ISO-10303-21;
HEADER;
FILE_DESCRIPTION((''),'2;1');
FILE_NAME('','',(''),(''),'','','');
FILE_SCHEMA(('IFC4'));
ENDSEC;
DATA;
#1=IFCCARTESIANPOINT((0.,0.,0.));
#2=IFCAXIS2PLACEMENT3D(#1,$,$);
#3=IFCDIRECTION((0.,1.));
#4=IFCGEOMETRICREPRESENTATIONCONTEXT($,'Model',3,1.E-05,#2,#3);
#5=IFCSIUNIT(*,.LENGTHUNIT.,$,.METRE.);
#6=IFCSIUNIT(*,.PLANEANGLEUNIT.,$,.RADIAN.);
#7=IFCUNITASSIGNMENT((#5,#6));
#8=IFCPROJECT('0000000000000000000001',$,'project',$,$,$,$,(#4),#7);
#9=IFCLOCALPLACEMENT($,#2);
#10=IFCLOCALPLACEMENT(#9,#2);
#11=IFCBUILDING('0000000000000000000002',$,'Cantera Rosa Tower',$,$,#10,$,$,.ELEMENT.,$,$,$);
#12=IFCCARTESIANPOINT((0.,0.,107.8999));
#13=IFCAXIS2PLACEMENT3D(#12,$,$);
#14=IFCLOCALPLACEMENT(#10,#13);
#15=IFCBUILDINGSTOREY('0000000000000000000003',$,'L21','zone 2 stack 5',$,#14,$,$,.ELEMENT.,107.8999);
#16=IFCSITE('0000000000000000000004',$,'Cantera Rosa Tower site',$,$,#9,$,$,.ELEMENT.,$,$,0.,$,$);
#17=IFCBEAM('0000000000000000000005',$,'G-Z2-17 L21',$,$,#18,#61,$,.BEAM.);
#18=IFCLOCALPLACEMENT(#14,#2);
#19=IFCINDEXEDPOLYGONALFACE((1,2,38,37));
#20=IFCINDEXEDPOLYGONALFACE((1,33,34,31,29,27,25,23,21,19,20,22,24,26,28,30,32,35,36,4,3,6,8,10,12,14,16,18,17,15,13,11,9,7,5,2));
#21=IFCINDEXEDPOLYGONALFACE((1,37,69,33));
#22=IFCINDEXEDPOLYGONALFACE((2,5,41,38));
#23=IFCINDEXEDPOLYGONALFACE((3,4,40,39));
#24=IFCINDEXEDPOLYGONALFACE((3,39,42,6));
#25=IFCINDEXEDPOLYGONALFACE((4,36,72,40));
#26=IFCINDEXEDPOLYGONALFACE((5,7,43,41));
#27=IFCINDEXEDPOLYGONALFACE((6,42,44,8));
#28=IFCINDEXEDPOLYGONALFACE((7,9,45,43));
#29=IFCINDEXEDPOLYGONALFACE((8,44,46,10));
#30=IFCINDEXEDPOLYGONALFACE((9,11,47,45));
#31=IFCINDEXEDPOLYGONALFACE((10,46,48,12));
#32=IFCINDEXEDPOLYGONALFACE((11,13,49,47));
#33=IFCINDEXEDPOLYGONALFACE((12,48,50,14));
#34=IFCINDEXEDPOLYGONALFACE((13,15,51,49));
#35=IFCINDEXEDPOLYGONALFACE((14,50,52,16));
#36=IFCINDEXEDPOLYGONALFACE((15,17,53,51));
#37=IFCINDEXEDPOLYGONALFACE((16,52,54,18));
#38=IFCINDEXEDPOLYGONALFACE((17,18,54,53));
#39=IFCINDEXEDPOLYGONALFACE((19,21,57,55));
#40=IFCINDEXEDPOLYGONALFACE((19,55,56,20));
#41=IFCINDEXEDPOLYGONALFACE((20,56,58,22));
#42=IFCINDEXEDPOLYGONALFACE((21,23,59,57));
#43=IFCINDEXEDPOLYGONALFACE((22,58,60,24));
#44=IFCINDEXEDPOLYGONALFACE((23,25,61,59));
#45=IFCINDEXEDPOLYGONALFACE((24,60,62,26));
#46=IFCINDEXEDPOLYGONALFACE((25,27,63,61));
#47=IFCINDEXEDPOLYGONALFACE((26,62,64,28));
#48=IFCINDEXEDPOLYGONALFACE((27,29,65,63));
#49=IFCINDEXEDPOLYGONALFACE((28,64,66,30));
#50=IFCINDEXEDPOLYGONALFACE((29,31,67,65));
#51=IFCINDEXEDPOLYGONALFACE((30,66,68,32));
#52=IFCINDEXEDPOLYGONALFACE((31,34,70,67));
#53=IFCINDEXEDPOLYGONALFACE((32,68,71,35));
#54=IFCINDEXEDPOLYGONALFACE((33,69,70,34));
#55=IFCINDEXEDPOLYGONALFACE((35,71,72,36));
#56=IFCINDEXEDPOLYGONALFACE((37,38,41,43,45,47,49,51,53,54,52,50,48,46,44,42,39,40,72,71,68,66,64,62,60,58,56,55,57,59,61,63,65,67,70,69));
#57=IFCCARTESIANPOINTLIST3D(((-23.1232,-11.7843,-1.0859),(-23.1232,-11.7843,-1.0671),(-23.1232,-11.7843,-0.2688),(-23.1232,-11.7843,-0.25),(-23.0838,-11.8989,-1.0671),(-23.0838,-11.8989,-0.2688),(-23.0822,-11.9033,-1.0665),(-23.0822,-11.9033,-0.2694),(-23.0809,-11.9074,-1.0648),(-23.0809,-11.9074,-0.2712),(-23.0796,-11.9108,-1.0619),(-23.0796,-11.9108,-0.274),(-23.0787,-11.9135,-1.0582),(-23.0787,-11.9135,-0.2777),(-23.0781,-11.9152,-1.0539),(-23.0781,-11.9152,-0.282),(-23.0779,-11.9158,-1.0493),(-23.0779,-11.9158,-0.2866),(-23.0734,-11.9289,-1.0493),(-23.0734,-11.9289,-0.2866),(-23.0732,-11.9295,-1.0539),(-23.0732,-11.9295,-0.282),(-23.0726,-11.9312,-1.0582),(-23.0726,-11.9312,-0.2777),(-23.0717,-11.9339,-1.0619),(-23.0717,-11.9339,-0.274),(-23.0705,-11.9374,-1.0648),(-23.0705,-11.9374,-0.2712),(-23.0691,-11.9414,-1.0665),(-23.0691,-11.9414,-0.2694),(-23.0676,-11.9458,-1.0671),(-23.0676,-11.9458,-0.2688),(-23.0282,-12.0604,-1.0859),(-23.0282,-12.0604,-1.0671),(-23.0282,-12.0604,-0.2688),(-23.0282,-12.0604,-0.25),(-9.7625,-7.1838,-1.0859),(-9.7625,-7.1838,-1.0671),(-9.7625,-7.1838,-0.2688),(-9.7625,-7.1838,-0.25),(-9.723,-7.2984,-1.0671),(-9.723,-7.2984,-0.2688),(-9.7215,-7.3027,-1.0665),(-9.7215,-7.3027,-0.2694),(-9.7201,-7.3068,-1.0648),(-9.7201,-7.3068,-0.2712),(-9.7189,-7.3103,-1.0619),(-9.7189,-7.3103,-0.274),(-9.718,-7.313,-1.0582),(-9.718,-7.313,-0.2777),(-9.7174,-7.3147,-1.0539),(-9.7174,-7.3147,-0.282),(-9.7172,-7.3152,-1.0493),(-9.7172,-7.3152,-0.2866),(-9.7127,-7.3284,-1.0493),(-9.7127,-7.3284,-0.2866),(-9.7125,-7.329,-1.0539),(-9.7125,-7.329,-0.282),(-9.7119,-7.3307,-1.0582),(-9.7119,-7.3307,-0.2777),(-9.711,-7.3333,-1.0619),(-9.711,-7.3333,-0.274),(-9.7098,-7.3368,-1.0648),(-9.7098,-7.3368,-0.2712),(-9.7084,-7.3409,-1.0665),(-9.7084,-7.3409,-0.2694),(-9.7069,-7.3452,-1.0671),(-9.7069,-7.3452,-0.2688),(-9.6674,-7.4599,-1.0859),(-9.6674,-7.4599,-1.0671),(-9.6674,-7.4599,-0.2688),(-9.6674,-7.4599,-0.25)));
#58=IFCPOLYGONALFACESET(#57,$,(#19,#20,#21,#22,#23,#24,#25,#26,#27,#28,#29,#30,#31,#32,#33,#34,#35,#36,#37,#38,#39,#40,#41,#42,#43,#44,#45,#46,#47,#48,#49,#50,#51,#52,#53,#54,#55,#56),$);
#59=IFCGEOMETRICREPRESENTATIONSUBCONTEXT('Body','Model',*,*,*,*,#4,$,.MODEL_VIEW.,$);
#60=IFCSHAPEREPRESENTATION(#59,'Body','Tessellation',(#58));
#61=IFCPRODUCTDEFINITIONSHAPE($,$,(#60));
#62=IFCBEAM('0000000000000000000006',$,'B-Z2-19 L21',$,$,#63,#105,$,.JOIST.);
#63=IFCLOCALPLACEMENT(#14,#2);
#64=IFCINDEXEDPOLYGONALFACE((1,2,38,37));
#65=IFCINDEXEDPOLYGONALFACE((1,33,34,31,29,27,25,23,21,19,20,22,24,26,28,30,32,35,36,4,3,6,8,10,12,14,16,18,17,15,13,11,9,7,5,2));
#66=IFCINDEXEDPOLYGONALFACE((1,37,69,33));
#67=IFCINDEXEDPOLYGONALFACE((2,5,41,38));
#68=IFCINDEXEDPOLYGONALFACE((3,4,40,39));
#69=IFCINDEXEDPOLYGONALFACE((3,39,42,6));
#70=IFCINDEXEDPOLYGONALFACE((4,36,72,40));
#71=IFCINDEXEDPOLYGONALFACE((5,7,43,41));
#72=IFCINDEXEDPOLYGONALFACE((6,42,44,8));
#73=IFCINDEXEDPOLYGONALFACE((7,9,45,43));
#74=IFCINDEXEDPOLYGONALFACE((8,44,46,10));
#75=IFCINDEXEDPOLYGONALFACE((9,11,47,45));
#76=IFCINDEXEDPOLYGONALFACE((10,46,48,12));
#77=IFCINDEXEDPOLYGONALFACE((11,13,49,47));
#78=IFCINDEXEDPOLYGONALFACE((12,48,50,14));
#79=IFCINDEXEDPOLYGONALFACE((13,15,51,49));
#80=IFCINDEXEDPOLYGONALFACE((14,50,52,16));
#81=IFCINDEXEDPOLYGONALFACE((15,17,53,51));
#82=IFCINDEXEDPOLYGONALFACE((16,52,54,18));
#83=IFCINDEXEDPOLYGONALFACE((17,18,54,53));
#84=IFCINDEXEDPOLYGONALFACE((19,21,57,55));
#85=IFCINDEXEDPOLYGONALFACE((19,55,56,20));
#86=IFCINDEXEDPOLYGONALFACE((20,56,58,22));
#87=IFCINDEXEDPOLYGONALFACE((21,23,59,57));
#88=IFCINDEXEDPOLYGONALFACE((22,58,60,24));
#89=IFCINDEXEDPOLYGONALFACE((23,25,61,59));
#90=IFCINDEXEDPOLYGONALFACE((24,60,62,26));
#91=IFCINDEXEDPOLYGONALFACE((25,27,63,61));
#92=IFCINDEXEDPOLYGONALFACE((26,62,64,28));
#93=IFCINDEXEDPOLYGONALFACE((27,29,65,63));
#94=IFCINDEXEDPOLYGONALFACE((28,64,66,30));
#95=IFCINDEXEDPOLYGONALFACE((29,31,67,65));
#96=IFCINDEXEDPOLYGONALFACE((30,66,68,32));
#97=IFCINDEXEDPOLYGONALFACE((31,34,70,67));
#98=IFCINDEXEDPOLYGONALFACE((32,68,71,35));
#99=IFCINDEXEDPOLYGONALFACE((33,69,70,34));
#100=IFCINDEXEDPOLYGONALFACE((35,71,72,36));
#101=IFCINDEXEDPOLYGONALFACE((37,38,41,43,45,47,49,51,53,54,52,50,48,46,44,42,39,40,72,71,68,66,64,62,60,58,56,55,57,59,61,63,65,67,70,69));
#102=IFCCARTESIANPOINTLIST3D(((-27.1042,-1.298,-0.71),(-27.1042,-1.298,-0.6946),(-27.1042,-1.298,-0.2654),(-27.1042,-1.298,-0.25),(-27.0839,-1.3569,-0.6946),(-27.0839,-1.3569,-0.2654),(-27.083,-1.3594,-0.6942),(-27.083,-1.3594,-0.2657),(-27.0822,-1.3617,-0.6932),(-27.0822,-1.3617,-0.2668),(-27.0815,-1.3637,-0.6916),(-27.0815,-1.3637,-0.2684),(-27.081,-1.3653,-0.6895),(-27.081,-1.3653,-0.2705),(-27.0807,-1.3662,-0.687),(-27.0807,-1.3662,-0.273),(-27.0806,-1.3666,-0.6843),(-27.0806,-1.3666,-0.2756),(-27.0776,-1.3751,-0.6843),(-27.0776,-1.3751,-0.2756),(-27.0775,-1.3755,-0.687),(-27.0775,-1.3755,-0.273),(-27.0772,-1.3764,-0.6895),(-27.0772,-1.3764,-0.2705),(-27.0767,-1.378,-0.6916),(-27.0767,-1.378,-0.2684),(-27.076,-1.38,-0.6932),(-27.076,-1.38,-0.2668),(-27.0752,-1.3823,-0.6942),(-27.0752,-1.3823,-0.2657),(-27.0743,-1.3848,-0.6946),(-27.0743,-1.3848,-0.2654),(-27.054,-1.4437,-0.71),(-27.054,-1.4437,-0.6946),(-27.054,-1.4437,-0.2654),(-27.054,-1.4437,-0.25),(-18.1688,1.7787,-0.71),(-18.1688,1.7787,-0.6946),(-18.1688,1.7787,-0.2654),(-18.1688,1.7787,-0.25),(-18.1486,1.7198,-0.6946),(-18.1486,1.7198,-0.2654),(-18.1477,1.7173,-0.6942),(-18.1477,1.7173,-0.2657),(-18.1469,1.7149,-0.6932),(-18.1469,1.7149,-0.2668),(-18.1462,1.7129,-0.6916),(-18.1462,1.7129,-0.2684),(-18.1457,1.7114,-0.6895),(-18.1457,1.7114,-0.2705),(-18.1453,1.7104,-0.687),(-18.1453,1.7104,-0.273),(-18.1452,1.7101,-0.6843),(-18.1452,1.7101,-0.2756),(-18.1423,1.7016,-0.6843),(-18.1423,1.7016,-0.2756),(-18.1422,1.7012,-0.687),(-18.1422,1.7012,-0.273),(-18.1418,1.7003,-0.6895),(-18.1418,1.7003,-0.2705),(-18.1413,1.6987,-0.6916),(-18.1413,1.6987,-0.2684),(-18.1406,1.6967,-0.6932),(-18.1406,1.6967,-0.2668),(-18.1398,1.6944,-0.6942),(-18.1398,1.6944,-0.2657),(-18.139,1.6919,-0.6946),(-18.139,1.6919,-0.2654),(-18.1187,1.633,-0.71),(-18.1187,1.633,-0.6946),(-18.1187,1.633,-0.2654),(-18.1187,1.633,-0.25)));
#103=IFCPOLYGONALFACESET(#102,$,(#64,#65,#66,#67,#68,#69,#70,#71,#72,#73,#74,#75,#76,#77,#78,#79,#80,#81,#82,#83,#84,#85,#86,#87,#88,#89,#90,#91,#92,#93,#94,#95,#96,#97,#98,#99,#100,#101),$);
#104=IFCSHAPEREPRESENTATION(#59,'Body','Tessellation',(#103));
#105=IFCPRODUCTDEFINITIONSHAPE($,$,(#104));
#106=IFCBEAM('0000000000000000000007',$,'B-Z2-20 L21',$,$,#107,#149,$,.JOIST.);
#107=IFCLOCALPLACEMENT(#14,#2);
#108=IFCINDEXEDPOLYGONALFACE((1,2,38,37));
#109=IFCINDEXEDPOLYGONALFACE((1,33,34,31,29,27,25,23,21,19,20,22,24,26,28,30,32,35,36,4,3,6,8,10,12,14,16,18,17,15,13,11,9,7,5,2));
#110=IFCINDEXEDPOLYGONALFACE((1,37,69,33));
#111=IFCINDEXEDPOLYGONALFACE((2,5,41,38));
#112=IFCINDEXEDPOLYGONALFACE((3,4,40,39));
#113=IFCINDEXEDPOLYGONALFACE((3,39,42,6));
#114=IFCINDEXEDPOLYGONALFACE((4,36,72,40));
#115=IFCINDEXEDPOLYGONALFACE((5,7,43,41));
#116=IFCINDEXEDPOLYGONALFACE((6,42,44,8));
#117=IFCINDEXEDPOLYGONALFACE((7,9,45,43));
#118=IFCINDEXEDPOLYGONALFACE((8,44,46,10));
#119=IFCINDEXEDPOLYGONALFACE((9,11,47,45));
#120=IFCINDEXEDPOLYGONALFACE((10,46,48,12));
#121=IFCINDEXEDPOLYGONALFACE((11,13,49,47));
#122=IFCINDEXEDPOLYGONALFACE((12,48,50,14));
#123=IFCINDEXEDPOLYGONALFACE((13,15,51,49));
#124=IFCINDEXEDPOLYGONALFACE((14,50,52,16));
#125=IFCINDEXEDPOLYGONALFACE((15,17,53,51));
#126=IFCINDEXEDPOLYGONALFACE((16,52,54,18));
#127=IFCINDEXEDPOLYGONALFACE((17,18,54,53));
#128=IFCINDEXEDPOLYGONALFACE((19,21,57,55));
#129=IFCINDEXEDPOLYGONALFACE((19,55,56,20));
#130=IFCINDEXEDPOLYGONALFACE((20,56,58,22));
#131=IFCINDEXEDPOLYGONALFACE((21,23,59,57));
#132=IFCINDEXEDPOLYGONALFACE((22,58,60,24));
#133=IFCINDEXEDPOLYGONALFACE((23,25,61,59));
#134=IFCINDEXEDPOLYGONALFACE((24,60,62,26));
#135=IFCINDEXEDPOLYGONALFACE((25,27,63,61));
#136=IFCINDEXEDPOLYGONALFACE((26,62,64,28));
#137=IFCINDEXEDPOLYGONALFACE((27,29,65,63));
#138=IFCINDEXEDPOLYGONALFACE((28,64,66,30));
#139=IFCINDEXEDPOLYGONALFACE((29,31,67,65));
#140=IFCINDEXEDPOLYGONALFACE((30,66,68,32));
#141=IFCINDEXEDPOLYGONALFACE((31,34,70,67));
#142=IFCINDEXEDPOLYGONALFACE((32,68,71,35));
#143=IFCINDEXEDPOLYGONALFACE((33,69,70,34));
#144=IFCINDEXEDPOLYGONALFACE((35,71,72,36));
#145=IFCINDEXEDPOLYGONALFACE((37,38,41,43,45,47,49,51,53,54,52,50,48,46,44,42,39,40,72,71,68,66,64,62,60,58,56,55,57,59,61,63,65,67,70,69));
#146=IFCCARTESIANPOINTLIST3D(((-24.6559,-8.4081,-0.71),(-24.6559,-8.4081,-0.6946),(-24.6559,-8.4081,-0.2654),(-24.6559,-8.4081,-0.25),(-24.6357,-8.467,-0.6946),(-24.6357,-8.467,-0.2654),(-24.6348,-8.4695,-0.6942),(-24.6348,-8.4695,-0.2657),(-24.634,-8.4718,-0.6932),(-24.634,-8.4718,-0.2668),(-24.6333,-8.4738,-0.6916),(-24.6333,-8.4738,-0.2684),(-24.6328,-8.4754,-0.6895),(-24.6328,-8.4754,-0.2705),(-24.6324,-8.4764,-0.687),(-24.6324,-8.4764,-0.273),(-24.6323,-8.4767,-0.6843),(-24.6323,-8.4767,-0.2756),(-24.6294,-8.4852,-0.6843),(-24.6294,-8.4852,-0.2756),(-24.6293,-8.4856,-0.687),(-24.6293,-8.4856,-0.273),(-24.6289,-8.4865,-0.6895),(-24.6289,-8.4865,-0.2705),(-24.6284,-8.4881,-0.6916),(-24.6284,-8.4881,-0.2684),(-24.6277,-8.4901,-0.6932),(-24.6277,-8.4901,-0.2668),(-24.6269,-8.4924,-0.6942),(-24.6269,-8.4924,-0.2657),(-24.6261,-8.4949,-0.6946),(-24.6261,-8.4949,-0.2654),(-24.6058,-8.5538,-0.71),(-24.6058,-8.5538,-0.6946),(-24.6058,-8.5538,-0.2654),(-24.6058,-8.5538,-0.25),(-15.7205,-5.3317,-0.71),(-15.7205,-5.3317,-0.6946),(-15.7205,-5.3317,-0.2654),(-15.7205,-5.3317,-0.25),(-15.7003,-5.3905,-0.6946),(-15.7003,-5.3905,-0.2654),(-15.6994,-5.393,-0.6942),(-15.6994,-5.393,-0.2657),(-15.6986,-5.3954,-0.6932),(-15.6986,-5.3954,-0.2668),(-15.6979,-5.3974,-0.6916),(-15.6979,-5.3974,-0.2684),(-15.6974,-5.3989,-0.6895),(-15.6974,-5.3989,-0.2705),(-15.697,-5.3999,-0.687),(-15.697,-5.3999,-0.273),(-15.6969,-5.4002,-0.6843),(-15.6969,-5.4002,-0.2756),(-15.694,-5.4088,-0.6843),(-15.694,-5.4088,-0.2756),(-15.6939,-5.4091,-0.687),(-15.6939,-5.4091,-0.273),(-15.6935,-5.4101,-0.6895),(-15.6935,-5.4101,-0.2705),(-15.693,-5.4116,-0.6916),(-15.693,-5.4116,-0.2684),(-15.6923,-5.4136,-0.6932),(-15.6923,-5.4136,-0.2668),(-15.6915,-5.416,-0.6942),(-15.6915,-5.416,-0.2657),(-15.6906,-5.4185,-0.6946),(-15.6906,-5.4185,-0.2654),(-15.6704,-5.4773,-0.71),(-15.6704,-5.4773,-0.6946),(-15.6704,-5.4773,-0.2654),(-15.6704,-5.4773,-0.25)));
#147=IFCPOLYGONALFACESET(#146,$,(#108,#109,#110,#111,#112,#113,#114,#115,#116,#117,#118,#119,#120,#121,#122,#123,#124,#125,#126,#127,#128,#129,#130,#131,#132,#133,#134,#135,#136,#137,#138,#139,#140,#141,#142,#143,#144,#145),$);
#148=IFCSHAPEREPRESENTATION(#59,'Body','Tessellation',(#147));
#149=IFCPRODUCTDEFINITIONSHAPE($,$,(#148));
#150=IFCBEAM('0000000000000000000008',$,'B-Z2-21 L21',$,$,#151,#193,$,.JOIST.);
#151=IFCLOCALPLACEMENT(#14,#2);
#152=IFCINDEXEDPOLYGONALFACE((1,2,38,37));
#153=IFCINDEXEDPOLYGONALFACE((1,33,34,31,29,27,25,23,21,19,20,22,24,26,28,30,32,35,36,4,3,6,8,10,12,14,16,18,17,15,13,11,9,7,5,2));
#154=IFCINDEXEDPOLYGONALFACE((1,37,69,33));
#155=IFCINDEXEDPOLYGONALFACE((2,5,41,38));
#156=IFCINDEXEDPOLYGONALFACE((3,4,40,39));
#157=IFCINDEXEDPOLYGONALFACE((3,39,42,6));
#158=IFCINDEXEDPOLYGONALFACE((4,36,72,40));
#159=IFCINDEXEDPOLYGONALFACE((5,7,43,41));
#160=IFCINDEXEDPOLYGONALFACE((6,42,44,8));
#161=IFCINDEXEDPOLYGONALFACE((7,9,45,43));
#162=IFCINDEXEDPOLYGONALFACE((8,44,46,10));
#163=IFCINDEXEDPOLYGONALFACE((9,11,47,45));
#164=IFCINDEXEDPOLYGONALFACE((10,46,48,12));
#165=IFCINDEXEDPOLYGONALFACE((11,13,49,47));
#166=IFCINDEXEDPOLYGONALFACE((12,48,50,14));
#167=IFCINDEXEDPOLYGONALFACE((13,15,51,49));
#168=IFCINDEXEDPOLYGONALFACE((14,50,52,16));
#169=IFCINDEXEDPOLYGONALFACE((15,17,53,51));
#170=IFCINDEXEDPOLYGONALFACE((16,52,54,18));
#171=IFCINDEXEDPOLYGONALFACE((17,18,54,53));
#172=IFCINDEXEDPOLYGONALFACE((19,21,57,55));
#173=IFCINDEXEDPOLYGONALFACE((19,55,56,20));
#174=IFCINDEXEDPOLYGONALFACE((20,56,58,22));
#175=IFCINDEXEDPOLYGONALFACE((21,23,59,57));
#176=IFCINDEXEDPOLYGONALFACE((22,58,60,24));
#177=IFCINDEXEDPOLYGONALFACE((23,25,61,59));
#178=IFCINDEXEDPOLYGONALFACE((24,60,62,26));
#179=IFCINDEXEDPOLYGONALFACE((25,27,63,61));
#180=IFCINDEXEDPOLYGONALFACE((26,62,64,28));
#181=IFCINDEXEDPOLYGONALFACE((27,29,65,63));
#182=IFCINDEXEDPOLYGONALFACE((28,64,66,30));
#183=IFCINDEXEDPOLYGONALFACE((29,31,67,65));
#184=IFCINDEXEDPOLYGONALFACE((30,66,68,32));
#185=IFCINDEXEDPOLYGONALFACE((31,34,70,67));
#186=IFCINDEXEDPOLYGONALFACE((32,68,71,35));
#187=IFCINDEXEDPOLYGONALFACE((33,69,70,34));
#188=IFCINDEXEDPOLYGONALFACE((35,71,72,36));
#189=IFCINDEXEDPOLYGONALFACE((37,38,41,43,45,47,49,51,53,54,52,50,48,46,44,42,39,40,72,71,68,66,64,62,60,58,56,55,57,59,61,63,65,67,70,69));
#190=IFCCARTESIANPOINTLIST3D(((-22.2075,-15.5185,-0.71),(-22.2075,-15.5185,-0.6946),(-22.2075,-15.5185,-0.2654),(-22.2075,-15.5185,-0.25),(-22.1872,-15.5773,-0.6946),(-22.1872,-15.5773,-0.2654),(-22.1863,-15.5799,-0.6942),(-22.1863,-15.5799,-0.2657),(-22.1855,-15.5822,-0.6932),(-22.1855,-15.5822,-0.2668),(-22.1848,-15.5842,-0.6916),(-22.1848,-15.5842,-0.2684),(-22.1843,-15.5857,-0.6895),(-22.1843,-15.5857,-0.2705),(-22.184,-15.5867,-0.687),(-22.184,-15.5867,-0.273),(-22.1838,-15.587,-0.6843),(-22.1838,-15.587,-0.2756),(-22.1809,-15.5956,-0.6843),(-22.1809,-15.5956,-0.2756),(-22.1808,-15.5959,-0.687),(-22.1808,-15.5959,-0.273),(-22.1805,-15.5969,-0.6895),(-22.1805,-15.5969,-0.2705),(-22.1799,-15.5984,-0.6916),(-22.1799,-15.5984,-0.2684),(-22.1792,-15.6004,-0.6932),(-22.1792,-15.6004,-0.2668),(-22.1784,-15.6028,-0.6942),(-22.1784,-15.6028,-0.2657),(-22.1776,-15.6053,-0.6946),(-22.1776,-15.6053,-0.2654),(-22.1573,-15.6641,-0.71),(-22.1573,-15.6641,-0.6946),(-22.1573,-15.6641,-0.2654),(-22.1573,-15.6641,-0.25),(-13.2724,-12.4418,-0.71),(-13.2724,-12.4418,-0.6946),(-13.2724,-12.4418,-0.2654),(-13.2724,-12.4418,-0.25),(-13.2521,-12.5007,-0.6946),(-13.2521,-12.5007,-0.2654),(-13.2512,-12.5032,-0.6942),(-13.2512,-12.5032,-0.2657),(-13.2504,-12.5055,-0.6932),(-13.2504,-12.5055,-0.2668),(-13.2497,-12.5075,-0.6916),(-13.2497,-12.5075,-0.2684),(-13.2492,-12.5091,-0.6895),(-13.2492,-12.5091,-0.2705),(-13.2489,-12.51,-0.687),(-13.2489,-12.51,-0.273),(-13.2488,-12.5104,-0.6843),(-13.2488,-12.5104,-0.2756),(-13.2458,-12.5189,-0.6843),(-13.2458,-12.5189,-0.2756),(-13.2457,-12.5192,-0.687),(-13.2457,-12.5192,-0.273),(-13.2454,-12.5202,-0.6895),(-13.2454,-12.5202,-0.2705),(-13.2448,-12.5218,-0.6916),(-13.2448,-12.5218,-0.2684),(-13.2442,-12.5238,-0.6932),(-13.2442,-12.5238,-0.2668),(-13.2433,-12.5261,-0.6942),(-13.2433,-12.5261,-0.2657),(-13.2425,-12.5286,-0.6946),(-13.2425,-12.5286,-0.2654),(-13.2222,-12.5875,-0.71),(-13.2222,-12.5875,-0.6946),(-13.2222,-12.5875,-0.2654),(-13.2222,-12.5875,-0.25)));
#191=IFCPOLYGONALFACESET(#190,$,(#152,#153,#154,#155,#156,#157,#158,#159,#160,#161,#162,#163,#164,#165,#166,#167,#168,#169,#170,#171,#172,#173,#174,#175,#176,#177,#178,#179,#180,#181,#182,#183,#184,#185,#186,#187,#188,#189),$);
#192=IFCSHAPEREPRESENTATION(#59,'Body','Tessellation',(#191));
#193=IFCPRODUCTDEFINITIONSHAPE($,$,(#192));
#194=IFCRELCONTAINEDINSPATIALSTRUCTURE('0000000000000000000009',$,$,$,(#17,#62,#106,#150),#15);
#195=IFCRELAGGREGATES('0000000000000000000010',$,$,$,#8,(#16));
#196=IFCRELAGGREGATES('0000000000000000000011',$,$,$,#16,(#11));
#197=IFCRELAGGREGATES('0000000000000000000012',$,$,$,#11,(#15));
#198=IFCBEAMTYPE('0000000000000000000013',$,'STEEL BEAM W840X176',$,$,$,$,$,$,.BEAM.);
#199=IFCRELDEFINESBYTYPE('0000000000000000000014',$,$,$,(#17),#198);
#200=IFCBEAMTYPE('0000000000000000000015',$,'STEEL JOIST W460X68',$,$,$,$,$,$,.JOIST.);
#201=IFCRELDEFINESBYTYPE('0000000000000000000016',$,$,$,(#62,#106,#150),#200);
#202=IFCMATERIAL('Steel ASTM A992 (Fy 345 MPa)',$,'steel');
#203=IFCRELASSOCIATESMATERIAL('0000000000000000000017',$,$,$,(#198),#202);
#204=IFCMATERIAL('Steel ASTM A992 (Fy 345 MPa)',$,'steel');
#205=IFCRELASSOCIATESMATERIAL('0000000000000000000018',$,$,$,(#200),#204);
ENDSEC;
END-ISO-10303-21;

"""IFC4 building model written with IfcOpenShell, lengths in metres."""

from ifc_helpers import new_model, si_unit, direction, frame, origin, origin_2d, place, context, subcontext, project, spatial, i_section, extrude, material, material_profile, profile_set, type_object, element, save


model = new_model("IFC4")

# Units and contexts
model_context = context("Model", 3, precision=1e-05, world=origin(), true_north=direction((0.0, 1.0)))
body_context = subcontext(model_context, "Body", "Model", "MODEL_VIEW")
ifc_project = project(units=[si_unit("LENGTHUNIT", "METRE"), si_unit("PLANEANGLEUNIT", "RADIAN")], contexts=[model_context])

# Site, building, storey
site_placement = place(None, origin())
site = spatial("IfcSite", under=ifc_project, at=site_placement, Name="Cantera Rosa Tower site", CompositionType="ELEMENT", RefElevation=0.0)
building_placement = place(site_placement, origin())
building = spatial("IfcBuilding", under=site, at=building_placement, Name="Cantera Rosa Tower", CompositionType="ELEMENT")
storey_placement = place(building_placement, frame((0.0, 0.0, 107.8999)))
storey = spatial("IfcBuildingStorey", under=building, at=storey_placement, Name="L21", Description="zone 2 stack 5", CompositionType="ELEMENT", Elevation=107.8999)

# Beams
ifc_material_1 = material(Name="Steel ASTM A992 (Fy 345 MPa)", Category="steel")
ifc_material_profile_1 = material_profile(ifc_material_1, i_section(OverallWidth=0.292, OverallDepth=0.8359, WebThickness=0.0139, FlangeThickness=0.0188, FilletRadius=0.0178, at=origin_2d()), Name="W840X176")
ifc_profile_set_1 = profile_set([ifc_material_profile_1], Name="Steel ASTM A992 (Fy 345 MPa)")
beam_type_1 = type_object("IfcBeamType", Name="STEEL BEAM W840X176", PredefinedType="BEAM", material=ifc_profile_set_1)
beam_1_placement = place(storey_placement, frame((-23.0757, -11.9224, -0.668), z_axis=(0.945517, 0.325573, 0.0), x_axis=(-0.325573, 0.945517, 0.0)))
element("IfcBeam", 1, at=beam_1_placement, inside=storey, type_object=beam_type_1, Name="G-Z2-17 L21", PredefinedType="BEAM", context=body_context, shape_type="SweptSolid", body=[
    extrude(i_section(OverallWidth=0.292, OverallDepth=0.8359, WebThickness=0.0139, FlangeThickness=0.0188, FilletRadius=0.0178, at=origin_2d()), origin(), (0.0, 0.0, 1.0), 14.1306),
])
ifc_material_2 = material(Name="Steel ASTM A992 (Fy 345 MPa)", Category="steel")
ifc_material_profile_2 = material_profile(ifc_material_2, i_section(OverallWidth=0.1541, OverallDepth=0.46, WebThickness=0.009, FlangeThickness=0.0154, FilletRadius=0.0103, at=origin_2d()), Name="W460X68")
ifc_profile_set_2 = profile_set([ifc_material_profile_2], Name="Steel ASTM A992 (Fy 345 MPa)")
beam_type_2 = type_object("IfcBeamType", Name="STEEL JOIST W460X68", PredefinedType="JOIST", material=ifc_profile_set_2)
for number, where, z_axis, x_axis, name in (
    (2, (-27.0791, -1.3708, -0.48), (0.945519, 0.325567, 0.0), (-0.325567, 0.945519, 0.0), "B-Z2-19 L21"),
    (3, (-24.6309, -8.481, -0.48), (0.945527, 0.325544, 0.0), (-0.325544, 0.945527, 0.0), "B-Z2-20 L21"),
):
    element("IfcBeam", number, at=place(storey_placement, frame(where, z_axis=z_axis, x_axis=x_axis)), inside=storey, type_object=beam_type_2, Name=name, PredefinedType="JOIST", context=body_context, shape_type="SweptSolid", body=[
        extrude(i_section(OverallWidth=0.1541, OverallDepth=0.46, WebThickness=0.009, FlangeThickness=0.0154, FilletRadius=0.0103, at=origin_2d()), origin(), (0.0, 0.0, 1.0), 9.4502),
    ])
beam_2_placement = place(storey_placement, frame((-22.1824, -15.5913, -0.48), z_axis=(0.945516, 0.325575, 0.0), x_axis=(-0.325575, 0.945516, 0.0)))
element("IfcBeam", 4, at=beam_2_placement, inside=storey, type_object=beam_type_2, Name="B-Z2-21 L21", PredefinedType="JOIST", context=body_context, shape_type="SweptSolid", body=[
    extrude(i_section(OverallWidth=0.1541, OverallDepth=0.46, WebThickness=0.009, FlangeThickness=0.0154, FilletRadius=0.0103, at=origin_2d()), origin(), (0.0, 0.0, 1.0), 9.45),
])

save(model, "model.ifc")
